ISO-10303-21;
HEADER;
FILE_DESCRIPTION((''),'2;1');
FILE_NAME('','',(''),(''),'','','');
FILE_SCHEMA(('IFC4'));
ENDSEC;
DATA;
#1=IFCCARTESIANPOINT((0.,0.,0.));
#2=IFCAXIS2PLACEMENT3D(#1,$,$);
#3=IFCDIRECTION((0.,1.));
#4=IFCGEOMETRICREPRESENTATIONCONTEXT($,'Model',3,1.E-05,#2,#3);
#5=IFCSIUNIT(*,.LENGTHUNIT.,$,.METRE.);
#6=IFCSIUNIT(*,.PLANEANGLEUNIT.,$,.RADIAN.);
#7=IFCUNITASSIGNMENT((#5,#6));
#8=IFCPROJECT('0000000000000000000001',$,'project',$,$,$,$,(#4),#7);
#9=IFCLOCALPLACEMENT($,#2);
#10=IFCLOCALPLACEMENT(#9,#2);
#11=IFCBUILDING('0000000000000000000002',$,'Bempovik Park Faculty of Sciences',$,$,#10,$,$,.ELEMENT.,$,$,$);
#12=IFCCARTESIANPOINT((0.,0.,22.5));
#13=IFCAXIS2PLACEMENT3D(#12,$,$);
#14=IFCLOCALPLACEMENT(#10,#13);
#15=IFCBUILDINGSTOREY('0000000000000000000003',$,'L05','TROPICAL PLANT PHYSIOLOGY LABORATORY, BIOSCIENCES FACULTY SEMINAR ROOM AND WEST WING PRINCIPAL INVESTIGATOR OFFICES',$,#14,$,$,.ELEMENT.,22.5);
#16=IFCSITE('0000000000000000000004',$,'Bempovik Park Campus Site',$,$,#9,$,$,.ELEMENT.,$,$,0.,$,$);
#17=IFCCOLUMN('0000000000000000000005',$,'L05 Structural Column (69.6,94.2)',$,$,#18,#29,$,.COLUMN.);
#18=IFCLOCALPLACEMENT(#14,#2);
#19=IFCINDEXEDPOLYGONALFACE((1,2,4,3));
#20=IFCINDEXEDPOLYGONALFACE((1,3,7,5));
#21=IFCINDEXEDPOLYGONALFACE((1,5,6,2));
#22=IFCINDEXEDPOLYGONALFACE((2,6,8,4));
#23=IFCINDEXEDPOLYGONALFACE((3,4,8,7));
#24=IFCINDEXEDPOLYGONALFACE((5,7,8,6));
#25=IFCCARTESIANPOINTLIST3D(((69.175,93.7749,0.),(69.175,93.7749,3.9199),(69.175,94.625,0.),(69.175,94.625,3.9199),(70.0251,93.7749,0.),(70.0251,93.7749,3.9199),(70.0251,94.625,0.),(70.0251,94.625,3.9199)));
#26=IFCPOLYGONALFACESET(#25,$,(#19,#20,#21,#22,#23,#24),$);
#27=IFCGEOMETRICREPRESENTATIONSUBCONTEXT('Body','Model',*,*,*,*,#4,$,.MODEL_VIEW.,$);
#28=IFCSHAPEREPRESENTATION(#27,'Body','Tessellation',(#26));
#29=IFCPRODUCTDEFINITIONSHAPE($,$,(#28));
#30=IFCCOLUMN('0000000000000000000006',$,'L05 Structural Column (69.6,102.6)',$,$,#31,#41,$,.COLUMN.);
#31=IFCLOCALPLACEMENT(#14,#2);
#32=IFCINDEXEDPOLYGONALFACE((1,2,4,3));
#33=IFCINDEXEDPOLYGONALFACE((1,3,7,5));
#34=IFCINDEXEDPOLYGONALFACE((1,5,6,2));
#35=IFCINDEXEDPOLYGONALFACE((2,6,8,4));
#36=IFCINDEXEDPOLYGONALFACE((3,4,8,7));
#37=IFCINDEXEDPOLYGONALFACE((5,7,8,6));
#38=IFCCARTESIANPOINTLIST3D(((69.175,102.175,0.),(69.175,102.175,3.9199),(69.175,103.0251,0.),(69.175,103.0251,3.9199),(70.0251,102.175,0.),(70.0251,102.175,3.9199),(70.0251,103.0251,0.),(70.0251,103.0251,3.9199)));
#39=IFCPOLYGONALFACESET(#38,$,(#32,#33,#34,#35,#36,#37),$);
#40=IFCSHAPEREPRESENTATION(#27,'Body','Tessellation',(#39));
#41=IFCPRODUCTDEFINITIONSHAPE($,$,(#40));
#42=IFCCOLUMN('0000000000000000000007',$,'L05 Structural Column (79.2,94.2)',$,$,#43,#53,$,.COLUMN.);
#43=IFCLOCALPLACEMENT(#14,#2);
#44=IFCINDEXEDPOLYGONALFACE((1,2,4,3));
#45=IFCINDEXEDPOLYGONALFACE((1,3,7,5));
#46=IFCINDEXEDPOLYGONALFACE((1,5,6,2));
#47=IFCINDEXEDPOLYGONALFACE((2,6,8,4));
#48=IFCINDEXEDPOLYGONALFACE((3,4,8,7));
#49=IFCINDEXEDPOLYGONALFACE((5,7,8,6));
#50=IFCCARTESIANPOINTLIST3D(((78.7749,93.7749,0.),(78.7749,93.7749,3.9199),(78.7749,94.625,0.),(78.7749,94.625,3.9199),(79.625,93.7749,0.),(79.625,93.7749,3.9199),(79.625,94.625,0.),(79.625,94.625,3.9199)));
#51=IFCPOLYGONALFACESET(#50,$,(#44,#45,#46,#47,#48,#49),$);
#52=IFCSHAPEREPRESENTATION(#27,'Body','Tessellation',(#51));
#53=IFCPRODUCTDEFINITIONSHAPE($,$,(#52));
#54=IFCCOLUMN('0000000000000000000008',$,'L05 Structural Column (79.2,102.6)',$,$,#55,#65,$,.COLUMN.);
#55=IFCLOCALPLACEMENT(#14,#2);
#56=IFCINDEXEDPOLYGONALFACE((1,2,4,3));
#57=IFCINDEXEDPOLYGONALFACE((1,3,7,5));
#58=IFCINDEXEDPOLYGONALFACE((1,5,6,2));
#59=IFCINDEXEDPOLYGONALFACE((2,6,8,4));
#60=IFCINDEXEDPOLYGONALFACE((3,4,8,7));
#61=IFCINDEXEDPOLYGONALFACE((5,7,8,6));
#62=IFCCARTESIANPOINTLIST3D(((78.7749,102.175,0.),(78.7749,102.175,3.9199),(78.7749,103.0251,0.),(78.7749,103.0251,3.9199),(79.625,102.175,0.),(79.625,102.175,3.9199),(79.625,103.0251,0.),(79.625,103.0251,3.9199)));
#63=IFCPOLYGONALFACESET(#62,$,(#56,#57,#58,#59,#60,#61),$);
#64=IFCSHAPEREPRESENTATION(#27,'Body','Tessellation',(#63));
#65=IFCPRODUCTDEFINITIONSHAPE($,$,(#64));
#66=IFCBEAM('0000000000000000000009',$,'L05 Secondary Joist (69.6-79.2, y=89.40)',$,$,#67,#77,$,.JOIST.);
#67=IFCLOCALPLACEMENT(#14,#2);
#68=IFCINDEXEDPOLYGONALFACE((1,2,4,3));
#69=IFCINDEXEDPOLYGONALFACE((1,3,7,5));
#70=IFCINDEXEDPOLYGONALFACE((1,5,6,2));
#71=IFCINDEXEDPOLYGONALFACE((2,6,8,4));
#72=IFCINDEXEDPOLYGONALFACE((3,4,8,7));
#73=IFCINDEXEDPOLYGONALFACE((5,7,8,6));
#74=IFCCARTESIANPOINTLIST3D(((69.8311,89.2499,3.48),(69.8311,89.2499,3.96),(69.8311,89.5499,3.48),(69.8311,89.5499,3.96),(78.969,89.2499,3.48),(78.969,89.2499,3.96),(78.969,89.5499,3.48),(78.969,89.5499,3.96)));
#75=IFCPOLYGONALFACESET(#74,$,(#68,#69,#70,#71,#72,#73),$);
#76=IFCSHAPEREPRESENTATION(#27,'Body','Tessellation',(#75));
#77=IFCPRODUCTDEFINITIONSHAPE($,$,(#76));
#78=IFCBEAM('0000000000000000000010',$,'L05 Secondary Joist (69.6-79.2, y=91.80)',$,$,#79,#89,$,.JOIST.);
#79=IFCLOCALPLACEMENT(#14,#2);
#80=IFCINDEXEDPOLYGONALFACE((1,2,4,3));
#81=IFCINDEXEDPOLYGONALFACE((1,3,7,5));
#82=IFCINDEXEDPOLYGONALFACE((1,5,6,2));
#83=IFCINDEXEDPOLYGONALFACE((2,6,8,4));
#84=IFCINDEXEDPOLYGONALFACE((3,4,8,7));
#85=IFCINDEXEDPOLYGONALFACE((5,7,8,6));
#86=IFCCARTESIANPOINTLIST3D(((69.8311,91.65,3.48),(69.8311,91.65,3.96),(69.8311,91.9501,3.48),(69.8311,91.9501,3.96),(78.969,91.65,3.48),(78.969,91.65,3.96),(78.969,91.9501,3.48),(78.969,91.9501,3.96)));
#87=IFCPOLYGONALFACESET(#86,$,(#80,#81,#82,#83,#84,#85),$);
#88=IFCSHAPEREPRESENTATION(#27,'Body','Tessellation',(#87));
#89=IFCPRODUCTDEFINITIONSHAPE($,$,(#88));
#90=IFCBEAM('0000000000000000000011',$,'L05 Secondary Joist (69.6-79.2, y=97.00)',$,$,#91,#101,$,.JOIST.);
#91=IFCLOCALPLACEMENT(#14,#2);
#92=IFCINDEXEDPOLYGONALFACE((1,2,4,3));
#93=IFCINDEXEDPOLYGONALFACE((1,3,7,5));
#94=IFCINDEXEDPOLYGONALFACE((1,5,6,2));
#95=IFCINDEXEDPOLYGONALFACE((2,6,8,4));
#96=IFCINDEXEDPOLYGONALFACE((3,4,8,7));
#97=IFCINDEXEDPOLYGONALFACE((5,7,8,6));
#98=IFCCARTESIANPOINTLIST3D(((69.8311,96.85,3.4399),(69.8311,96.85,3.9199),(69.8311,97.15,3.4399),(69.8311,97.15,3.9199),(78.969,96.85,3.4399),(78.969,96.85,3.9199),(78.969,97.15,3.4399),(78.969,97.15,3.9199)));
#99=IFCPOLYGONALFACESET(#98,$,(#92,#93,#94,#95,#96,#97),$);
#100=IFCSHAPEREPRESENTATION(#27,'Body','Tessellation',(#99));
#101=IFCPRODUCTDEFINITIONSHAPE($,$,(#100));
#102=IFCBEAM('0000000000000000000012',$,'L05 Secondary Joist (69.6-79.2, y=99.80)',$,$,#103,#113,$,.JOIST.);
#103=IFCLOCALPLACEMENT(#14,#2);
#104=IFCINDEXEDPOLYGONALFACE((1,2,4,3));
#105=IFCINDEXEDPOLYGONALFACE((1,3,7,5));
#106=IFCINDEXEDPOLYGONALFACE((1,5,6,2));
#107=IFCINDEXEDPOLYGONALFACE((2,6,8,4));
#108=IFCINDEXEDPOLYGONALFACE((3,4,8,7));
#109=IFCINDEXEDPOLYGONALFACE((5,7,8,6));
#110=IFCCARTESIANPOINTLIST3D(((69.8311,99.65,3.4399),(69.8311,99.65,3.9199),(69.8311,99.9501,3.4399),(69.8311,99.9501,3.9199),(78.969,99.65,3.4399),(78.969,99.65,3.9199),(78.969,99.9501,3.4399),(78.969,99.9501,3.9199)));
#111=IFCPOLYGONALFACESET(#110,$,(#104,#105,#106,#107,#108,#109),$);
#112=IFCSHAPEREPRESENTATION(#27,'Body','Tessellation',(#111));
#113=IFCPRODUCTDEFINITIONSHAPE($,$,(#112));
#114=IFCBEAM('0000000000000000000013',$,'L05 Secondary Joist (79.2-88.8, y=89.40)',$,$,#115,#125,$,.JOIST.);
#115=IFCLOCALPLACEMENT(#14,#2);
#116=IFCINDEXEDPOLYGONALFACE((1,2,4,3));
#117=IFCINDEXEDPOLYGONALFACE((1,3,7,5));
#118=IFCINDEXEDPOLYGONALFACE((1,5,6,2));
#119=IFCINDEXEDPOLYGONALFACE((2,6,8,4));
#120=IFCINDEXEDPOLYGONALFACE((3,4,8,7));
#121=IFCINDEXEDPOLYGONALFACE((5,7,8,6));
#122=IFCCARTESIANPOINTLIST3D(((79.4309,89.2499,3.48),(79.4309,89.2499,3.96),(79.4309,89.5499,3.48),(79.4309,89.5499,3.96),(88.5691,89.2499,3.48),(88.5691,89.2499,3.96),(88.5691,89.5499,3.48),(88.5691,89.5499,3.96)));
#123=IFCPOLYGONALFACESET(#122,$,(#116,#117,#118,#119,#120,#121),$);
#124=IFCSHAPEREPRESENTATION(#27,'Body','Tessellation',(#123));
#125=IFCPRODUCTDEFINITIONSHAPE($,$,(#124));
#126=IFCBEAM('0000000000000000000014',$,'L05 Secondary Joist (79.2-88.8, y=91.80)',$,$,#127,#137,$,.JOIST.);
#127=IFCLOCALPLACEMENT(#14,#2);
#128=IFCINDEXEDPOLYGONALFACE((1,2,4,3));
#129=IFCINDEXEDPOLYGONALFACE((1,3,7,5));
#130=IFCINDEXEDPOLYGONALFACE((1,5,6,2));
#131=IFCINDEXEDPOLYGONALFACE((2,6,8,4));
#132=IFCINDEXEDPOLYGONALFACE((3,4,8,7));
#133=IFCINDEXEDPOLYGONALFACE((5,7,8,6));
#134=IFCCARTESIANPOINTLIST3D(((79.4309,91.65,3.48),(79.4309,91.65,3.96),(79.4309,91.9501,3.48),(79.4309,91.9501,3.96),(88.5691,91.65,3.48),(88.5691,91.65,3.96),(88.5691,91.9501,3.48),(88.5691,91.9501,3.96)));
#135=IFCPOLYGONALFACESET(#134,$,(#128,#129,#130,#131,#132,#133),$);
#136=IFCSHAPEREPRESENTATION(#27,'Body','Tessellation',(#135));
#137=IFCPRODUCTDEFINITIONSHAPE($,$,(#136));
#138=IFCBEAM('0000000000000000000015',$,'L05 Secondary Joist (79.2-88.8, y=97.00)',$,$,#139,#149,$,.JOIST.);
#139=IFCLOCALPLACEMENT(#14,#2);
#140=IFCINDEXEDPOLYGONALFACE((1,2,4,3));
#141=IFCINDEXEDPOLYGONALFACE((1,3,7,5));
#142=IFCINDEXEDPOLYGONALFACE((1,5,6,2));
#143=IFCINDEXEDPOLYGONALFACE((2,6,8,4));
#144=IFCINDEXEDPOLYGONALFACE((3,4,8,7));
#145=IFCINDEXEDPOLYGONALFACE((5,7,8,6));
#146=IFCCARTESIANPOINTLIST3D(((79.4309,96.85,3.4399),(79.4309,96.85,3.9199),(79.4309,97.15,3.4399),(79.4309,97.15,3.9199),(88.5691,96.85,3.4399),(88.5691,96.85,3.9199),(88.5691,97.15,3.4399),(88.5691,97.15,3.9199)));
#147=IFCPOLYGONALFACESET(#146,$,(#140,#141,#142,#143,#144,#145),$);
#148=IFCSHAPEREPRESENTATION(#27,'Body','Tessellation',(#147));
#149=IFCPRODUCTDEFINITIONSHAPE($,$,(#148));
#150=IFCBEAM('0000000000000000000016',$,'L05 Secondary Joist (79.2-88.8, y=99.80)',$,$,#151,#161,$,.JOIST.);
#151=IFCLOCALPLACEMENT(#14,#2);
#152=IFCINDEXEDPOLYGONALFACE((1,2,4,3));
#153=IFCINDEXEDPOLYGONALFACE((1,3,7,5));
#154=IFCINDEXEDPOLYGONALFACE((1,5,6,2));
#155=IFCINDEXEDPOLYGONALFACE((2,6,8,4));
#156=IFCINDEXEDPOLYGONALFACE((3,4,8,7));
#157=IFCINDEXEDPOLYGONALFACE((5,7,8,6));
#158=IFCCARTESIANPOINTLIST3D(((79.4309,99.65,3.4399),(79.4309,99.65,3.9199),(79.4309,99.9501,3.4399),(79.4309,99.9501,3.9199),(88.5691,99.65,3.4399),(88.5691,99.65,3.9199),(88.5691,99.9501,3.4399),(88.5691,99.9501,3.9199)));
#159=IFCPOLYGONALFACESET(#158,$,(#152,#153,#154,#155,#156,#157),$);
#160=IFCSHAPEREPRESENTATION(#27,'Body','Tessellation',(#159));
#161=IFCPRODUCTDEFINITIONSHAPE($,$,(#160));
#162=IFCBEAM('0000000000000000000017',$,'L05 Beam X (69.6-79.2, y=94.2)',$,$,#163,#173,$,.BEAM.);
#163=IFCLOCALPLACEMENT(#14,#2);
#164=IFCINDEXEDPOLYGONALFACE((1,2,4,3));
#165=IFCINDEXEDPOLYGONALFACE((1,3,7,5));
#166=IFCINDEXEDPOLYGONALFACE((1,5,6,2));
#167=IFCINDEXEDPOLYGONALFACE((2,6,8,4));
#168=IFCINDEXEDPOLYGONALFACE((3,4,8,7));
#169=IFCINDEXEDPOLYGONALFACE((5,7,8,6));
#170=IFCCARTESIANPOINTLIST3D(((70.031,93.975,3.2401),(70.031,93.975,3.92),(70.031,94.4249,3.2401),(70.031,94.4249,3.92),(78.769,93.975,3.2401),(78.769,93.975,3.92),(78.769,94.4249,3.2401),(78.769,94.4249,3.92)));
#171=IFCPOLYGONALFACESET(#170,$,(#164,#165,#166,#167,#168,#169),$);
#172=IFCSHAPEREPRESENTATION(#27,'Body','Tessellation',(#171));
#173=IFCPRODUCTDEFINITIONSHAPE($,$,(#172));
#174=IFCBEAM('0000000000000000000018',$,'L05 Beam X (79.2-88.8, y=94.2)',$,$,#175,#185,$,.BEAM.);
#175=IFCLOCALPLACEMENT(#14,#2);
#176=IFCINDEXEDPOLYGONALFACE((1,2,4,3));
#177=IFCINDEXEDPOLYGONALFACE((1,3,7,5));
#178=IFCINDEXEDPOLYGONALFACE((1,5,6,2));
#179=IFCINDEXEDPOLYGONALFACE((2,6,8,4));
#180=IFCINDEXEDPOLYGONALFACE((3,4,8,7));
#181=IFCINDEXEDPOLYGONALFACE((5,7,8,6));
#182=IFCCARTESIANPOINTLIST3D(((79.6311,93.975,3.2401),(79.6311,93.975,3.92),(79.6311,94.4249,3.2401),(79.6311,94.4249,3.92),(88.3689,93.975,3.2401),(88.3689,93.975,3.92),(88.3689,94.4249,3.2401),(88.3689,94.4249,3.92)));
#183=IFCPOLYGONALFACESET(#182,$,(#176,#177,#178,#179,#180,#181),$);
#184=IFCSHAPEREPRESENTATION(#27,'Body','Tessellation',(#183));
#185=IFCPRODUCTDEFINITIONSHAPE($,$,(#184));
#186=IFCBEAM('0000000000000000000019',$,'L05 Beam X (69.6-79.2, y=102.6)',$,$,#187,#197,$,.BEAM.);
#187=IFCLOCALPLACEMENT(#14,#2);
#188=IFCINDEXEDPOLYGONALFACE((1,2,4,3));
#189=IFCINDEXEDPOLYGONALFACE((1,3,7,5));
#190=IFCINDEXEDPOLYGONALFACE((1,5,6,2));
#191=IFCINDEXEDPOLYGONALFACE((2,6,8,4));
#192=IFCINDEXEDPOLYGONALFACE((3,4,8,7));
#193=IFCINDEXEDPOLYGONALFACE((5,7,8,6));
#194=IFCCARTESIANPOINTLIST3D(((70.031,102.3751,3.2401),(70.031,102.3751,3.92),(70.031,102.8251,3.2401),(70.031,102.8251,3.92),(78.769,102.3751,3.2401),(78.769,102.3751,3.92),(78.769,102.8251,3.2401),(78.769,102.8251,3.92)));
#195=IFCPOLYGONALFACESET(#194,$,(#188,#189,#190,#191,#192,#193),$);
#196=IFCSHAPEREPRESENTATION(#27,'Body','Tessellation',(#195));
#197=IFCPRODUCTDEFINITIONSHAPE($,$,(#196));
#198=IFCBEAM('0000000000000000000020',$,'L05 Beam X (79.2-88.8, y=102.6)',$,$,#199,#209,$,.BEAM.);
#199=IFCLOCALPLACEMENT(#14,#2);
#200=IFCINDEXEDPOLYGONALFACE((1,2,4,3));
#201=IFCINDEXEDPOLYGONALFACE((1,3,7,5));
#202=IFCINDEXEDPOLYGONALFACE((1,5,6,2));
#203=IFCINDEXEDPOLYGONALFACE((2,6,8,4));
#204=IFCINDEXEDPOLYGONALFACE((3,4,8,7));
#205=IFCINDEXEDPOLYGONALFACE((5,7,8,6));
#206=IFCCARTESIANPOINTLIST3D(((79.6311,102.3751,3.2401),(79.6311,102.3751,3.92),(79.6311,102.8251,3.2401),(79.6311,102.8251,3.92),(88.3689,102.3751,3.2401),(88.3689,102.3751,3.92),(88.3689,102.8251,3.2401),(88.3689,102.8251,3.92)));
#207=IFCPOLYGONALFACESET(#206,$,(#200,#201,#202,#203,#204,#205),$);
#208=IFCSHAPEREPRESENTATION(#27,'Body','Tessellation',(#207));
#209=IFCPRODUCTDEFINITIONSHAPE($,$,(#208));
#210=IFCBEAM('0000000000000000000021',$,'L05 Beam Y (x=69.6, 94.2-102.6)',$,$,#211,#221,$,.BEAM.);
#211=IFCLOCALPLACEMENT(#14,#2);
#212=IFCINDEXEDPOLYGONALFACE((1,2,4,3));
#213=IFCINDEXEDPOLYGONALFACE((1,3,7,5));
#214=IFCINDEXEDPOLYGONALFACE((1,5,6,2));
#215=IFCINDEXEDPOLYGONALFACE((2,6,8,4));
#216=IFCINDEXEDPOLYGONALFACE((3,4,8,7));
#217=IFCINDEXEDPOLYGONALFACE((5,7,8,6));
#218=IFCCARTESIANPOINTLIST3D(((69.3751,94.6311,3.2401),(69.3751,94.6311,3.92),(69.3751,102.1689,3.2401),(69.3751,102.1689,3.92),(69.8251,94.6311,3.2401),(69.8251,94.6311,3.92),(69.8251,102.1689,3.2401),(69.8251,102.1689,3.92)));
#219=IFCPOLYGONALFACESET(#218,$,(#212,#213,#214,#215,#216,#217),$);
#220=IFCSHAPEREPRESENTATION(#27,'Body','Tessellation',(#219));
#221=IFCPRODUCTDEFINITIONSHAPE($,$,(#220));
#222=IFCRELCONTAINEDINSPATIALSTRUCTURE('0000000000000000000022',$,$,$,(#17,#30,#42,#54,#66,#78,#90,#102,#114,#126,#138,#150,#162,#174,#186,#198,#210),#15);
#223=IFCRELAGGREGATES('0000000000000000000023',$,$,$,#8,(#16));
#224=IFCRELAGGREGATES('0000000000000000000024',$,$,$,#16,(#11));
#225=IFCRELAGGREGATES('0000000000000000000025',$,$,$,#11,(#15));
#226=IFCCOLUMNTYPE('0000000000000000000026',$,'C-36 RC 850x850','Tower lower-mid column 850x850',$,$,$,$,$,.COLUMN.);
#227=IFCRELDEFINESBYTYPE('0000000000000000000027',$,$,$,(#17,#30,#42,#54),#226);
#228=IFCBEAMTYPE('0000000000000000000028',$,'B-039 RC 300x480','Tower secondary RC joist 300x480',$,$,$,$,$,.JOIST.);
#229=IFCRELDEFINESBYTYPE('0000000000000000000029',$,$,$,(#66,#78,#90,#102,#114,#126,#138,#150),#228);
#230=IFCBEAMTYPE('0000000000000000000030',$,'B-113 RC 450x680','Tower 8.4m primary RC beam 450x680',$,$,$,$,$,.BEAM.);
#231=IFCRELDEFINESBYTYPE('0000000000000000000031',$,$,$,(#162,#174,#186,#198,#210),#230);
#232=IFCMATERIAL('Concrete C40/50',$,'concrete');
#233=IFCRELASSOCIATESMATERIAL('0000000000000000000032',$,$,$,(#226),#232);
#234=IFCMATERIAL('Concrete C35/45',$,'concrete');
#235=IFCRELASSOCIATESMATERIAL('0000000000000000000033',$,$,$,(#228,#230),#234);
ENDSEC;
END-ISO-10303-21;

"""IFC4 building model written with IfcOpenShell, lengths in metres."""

from ifc_helpers import new_model, si_unit, direction, frame, origin, origin_2d, place, context, subcontext, project, spatial, rectangle, extrude, material, material_profile, profile_set, type_object, element, save


model = new_model("IFC4")

# Units and contexts
model_context = context("Model", 3, precision=1e-05, world=origin(), true_north=direction((0.0, 1.0)))
body_context = subcontext(model_context, "Body", "Model", "MODEL_VIEW")
ifc_project = project(units=[si_unit("LENGTHUNIT", "METRE"), si_unit("PLANEANGLEUNIT", "RADIAN")], contexts=[model_context])

# Site, building, storey
site_placement = place(None, origin())
site = spatial("IfcSite", under=ifc_project, at=site_placement, Name="Bempovik Park Campus Site", CompositionType="ELEMENT", RefElevation=0.0)
building_placement = place(site_placement, origin())
building = spatial("IfcBuilding", under=site, at=building_placement, Name="Bempovik Park Faculty of Sciences", CompositionType="ELEMENT")
storey_placement = place(building_placement, frame((0.0, 0.0, 22.5)))
storey = spatial("IfcBuildingStorey", under=building, at=storey_placement, Name="L05", Description="TROPICAL PLANT PHYSIOLOGY LABORATORY, BIOSCIENCES FACULTY SEMINAR ROOM AND WEST WING PRINCIPAL INVESTIGATOR OFFICES", CompositionType="ELEMENT", Elevation=22.5)

# Columns
ifc_material_1 = material(Name="Concrete C40/50", Category="concrete")
ifc_material_profile_1 = material_profile(ifc_material_1, rectangle(XDim=0.8501, YDim=0.8501, at=origin_2d()), Name="RC 850x850")
ifc_profile_set_1 = profile_set([ifc_material_profile_1], Name="Concrete C40/50")
column_type = type_object("IfcColumnType", Name="C-36 RC 850x850", Description="Tower lower-mid column 850x850", PredefinedType="COLUMN", material=ifc_profile_set_1)
for number, where, z_axis, x_axis, name in (
    (1, (69.6001, 94.2, 0.0), (0.0, 0.0, 1.0), (1.0, 0.0, 0.0), "L05 Structural Column (69.6,94.2)"),
    (2, (69.6001, 102.6001, 0.0), (0.0, 0.0, 1.0), (1.0, 0.0, 0.0), "L05 Structural Column (69.6,102.6)"),
    (3, (79.2, 94.2, 0.0), (0.0, 0.0, 1.0), (1.0, 0.0, 0.0), "L05 Structural Column (79.2,94.2)"),
    (4, (79.2, 102.6001, 0.0), (0.0, 0.0, 1.0), (1.0, 0.0, 0.0), "L05 Structural Column (79.2,102.6)"),
):
    element("IfcColumn", number, at=place(storey_placement, frame(where, z_axis=z_axis, x_axis=x_axis)), inside=storey, type_object=column_type, Name=name, PredefinedType="COLUMN", context=body_context, shape_type="SweptSolid", body=[
        extrude(rectangle(XDim=0.8501, YDim=0.8501, at=origin_2d()), origin(), (0.0, 0.0, 1.0), 3.9199),
    ])

# Beams
ifc_material_2 = material(Name="Concrete C35/45", Category="concrete")
ifc_material_profile_2 = material_profile(ifc_material_2, rectangle(XDim=0.3, YDim=0.48, at=origin_2d()), Name="RC 300x480")
ifc_profile_set_2 = profile_set([ifc_material_profile_2], Name="Concrete C35/45")
beam_type_1 = type_object("IfcBeamType", Name="B-039 RC 300x480", Description="Tower secondary RC joist 300x480", PredefinedType="JOIST", material=ifc_profile_set_2)
for number, where, z_axis, x_axis, name in (
    (5, (69.8311, 89.3999, 3.72), (1.0, 0.0, 0.0), (0.0, 1.0, 0.0), "L05 Secondary Joist (69.6-79.2, y=89.40)"),
    (6, (69.8311, 91.8, 3.72), (1.0, 0.0, 0.0), (0.0, 1.0, 0.0), "L05 Secondary Joist (69.6-79.2, y=91.80)"),
    (7, (69.8311, 97.0, 3.6799), (1.0, 0.0, 0.0), (0.0, 1.0, 0.0), "L05 Secondary Joist (69.6-79.2, y=97.00)"),
    (8, (69.8311, 99.8, 3.6799), (1.0, 0.0, 0.0), (0.0, 1.0, 0.0), "L05 Secondary Joist (69.6-79.2, y=99.80)"),
):
    element("IfcBeam", number, at=place(storey_placement, frame(where, z_axis=z_axis, x_axis=x_axis)), inside=storey, type_object=beam_type_1, Name=name, PredefinedType="JOIST", context=body_context, shape_type="SweptSolid", body=[
        extrude(rectangle(XDim=0.3, YDim=0.48, at=origin_2d()), origin(), (0.0, 0.0, 1.0), 9.1379),
    ])
for number, where, z_axis, x_axis, name in (
    (9, (79.4309, 89.3999, 3.72), (1.0, 0.0, 0.0), (0.0, 1.0, 0.0), "L05 Secondary Joist (79.2-88.8, y=89.40)"),
    (10, (79.4309, 91.8, 3.72), (1.0, 0.0, 0.0), (0.0, 1.0, 0.0), "L05 Secondary Joist (79.2-88.8, y=91.80)"),
    (11, (79.4309, 97.0, 3.6799), (1.0, 0.0, 0.0), (0.0, 1.0, 0.0), "L05 Secondary Joist (79.2-88.8, y=97.00)"),
    (12, (79.4309, 99.8, 3.6799), (1.0, 0.0, 0.0), (0.0, 1.0, 0.0), "L05 Secondary Joist (79.2-88.8, y=99.80)"),
):
    element("IfcBeam", number, at=place(storey_placement, frame(where, z_axis=z_axis, x_axis=x_axis)), inside=storey, type_object=beam_type_1, Name=name, PredefinedType="JOIST", context=body_context, shape_type="SweptSolid", body=[
        extrude(rectangle(XDim=0.3, YDim=0.48, at=origin_2d()), origin(), (0.0, 0.0, 1.0), 9.1382),
    ])
ifc_material_profile_3 = material_profile(ifc_material_2, rectangle(XDim=0.45, YDim=0.6799, at=origin_2d()), Name="RC 450x680")
ifc_profile_set_3 = profile_set([ifc_material_profile_3], Name="Concrete C35/45")
beam_type_2 = type_object("IfcBeamType", Name="B-113 RC 450x680", Description="Tower 8.4m primary RC beam 450x680", PredefinedType="BEAM", material=ifc_profile_set_3)
beam_1_placement = place(storey_placement, frame((70.031, 94.2, 3.5801), z_axis=(1.0, 0.0, 0.0), x_axis=(0.0, 1.0, 0.0)))
element("IfcBeam", 13, at=beam_1_placement, inside=storey, type_object=beam_type_2, Name="L05 Beam X (69.6-79.2, y=94.2)", PredefinedType="BEAM", context=body_context, shape_type="SweptSolid", body=[
    extrude(rectangle(XDim=0.45, YDim=0.6799, at=origin_2d()), origin(), (0.0, 0.0, 1.0), 8.738),
])
beam_2_placement = place(storey_placement, frame((79.6311, 94.2, 3.5801), z_axis=(1.0, 0.0, 0.0), x_axis=(0.0, 1.0, 0.0)))
element("IfcBeam", 14, at=beam_2_placement, inside=storey, type_object=beam_type_2, Name="L05 Beam X (79.2-88.8, y=94.2)", PredefinedType="BEAM", context=body_context, shape_type="SweptSolid", body=[
    extrude(rectangle(XDim=0.45, YDim=0.6799, at=origin_2d()), origin(), (0.0, 0.0, 1.0), 8.7378),
])
beam_3_placement = place(storey_placement, frame((70.031, 102.6001, 3.5801), z_axis=(1.0, 0.0, 0.0), x_axis=(0.0, 1.0, 0.0)))
element("IfcBeam", 15, at=beam_3_placement, inside=storey, type_object=beam_type_2, Name="L05 Beam X (69.6-79.2, y=102.6)", PredefinedType="BEAM", context=body_context, shape_type="SweptSolid", body=[
    extrude(rectangle(XDim=0.45, YDim=0.6799, at=origin_2d()), origin(), (0.0, 0.0, 1.0), 8.738),
])
beam_4_placement = place(storey_placement, frame((79.6311, 102.6001, 3.5801), z_axis=(1.0, 0.0, 0.0), x_axis=(0.0, 1.0, 0.0)))
element("IfcBeam", 16, at=beam_4_placement, inside=storey, type_object=beam_type_2, Name="L05 Beam X (79.2-88.8, y=102.6)", PredefinedType="BEAM", context=body_context, shape_type="SweptSolid", body=[
    extrude(rectangle(XDim=0.45, YDim=0.6799, at=origin_2d()), origin(), (0.0, 0.0, 1.0), 8.7378),
])
for number, where, z_axis, x_axis, name in (
    (17, (69.6001, 94.6311, 3.5801), (0.0, 1.0, 0.0), (-1.0, 0.0, 0.0), "L05 Beam Y (x=69.6, 94.2-102.6)"),
):
    element("IfcBeam", number, at=place(storey_placement, frame(where, z_axis=z_axis, x_axis=x_axis)), inside=storey, type_object=beam_type_2, Name=name, PredefinedType="BEAM", context=body_context, shape_type="SweptSolid", body=[
        extrude(rectangle(XDim=0.45, YDim=0.6799, at=origin_2d()), origin(), (0.0, 0.0, 1.0), 7.5378),
    ])

save(model, "model.ifc")
